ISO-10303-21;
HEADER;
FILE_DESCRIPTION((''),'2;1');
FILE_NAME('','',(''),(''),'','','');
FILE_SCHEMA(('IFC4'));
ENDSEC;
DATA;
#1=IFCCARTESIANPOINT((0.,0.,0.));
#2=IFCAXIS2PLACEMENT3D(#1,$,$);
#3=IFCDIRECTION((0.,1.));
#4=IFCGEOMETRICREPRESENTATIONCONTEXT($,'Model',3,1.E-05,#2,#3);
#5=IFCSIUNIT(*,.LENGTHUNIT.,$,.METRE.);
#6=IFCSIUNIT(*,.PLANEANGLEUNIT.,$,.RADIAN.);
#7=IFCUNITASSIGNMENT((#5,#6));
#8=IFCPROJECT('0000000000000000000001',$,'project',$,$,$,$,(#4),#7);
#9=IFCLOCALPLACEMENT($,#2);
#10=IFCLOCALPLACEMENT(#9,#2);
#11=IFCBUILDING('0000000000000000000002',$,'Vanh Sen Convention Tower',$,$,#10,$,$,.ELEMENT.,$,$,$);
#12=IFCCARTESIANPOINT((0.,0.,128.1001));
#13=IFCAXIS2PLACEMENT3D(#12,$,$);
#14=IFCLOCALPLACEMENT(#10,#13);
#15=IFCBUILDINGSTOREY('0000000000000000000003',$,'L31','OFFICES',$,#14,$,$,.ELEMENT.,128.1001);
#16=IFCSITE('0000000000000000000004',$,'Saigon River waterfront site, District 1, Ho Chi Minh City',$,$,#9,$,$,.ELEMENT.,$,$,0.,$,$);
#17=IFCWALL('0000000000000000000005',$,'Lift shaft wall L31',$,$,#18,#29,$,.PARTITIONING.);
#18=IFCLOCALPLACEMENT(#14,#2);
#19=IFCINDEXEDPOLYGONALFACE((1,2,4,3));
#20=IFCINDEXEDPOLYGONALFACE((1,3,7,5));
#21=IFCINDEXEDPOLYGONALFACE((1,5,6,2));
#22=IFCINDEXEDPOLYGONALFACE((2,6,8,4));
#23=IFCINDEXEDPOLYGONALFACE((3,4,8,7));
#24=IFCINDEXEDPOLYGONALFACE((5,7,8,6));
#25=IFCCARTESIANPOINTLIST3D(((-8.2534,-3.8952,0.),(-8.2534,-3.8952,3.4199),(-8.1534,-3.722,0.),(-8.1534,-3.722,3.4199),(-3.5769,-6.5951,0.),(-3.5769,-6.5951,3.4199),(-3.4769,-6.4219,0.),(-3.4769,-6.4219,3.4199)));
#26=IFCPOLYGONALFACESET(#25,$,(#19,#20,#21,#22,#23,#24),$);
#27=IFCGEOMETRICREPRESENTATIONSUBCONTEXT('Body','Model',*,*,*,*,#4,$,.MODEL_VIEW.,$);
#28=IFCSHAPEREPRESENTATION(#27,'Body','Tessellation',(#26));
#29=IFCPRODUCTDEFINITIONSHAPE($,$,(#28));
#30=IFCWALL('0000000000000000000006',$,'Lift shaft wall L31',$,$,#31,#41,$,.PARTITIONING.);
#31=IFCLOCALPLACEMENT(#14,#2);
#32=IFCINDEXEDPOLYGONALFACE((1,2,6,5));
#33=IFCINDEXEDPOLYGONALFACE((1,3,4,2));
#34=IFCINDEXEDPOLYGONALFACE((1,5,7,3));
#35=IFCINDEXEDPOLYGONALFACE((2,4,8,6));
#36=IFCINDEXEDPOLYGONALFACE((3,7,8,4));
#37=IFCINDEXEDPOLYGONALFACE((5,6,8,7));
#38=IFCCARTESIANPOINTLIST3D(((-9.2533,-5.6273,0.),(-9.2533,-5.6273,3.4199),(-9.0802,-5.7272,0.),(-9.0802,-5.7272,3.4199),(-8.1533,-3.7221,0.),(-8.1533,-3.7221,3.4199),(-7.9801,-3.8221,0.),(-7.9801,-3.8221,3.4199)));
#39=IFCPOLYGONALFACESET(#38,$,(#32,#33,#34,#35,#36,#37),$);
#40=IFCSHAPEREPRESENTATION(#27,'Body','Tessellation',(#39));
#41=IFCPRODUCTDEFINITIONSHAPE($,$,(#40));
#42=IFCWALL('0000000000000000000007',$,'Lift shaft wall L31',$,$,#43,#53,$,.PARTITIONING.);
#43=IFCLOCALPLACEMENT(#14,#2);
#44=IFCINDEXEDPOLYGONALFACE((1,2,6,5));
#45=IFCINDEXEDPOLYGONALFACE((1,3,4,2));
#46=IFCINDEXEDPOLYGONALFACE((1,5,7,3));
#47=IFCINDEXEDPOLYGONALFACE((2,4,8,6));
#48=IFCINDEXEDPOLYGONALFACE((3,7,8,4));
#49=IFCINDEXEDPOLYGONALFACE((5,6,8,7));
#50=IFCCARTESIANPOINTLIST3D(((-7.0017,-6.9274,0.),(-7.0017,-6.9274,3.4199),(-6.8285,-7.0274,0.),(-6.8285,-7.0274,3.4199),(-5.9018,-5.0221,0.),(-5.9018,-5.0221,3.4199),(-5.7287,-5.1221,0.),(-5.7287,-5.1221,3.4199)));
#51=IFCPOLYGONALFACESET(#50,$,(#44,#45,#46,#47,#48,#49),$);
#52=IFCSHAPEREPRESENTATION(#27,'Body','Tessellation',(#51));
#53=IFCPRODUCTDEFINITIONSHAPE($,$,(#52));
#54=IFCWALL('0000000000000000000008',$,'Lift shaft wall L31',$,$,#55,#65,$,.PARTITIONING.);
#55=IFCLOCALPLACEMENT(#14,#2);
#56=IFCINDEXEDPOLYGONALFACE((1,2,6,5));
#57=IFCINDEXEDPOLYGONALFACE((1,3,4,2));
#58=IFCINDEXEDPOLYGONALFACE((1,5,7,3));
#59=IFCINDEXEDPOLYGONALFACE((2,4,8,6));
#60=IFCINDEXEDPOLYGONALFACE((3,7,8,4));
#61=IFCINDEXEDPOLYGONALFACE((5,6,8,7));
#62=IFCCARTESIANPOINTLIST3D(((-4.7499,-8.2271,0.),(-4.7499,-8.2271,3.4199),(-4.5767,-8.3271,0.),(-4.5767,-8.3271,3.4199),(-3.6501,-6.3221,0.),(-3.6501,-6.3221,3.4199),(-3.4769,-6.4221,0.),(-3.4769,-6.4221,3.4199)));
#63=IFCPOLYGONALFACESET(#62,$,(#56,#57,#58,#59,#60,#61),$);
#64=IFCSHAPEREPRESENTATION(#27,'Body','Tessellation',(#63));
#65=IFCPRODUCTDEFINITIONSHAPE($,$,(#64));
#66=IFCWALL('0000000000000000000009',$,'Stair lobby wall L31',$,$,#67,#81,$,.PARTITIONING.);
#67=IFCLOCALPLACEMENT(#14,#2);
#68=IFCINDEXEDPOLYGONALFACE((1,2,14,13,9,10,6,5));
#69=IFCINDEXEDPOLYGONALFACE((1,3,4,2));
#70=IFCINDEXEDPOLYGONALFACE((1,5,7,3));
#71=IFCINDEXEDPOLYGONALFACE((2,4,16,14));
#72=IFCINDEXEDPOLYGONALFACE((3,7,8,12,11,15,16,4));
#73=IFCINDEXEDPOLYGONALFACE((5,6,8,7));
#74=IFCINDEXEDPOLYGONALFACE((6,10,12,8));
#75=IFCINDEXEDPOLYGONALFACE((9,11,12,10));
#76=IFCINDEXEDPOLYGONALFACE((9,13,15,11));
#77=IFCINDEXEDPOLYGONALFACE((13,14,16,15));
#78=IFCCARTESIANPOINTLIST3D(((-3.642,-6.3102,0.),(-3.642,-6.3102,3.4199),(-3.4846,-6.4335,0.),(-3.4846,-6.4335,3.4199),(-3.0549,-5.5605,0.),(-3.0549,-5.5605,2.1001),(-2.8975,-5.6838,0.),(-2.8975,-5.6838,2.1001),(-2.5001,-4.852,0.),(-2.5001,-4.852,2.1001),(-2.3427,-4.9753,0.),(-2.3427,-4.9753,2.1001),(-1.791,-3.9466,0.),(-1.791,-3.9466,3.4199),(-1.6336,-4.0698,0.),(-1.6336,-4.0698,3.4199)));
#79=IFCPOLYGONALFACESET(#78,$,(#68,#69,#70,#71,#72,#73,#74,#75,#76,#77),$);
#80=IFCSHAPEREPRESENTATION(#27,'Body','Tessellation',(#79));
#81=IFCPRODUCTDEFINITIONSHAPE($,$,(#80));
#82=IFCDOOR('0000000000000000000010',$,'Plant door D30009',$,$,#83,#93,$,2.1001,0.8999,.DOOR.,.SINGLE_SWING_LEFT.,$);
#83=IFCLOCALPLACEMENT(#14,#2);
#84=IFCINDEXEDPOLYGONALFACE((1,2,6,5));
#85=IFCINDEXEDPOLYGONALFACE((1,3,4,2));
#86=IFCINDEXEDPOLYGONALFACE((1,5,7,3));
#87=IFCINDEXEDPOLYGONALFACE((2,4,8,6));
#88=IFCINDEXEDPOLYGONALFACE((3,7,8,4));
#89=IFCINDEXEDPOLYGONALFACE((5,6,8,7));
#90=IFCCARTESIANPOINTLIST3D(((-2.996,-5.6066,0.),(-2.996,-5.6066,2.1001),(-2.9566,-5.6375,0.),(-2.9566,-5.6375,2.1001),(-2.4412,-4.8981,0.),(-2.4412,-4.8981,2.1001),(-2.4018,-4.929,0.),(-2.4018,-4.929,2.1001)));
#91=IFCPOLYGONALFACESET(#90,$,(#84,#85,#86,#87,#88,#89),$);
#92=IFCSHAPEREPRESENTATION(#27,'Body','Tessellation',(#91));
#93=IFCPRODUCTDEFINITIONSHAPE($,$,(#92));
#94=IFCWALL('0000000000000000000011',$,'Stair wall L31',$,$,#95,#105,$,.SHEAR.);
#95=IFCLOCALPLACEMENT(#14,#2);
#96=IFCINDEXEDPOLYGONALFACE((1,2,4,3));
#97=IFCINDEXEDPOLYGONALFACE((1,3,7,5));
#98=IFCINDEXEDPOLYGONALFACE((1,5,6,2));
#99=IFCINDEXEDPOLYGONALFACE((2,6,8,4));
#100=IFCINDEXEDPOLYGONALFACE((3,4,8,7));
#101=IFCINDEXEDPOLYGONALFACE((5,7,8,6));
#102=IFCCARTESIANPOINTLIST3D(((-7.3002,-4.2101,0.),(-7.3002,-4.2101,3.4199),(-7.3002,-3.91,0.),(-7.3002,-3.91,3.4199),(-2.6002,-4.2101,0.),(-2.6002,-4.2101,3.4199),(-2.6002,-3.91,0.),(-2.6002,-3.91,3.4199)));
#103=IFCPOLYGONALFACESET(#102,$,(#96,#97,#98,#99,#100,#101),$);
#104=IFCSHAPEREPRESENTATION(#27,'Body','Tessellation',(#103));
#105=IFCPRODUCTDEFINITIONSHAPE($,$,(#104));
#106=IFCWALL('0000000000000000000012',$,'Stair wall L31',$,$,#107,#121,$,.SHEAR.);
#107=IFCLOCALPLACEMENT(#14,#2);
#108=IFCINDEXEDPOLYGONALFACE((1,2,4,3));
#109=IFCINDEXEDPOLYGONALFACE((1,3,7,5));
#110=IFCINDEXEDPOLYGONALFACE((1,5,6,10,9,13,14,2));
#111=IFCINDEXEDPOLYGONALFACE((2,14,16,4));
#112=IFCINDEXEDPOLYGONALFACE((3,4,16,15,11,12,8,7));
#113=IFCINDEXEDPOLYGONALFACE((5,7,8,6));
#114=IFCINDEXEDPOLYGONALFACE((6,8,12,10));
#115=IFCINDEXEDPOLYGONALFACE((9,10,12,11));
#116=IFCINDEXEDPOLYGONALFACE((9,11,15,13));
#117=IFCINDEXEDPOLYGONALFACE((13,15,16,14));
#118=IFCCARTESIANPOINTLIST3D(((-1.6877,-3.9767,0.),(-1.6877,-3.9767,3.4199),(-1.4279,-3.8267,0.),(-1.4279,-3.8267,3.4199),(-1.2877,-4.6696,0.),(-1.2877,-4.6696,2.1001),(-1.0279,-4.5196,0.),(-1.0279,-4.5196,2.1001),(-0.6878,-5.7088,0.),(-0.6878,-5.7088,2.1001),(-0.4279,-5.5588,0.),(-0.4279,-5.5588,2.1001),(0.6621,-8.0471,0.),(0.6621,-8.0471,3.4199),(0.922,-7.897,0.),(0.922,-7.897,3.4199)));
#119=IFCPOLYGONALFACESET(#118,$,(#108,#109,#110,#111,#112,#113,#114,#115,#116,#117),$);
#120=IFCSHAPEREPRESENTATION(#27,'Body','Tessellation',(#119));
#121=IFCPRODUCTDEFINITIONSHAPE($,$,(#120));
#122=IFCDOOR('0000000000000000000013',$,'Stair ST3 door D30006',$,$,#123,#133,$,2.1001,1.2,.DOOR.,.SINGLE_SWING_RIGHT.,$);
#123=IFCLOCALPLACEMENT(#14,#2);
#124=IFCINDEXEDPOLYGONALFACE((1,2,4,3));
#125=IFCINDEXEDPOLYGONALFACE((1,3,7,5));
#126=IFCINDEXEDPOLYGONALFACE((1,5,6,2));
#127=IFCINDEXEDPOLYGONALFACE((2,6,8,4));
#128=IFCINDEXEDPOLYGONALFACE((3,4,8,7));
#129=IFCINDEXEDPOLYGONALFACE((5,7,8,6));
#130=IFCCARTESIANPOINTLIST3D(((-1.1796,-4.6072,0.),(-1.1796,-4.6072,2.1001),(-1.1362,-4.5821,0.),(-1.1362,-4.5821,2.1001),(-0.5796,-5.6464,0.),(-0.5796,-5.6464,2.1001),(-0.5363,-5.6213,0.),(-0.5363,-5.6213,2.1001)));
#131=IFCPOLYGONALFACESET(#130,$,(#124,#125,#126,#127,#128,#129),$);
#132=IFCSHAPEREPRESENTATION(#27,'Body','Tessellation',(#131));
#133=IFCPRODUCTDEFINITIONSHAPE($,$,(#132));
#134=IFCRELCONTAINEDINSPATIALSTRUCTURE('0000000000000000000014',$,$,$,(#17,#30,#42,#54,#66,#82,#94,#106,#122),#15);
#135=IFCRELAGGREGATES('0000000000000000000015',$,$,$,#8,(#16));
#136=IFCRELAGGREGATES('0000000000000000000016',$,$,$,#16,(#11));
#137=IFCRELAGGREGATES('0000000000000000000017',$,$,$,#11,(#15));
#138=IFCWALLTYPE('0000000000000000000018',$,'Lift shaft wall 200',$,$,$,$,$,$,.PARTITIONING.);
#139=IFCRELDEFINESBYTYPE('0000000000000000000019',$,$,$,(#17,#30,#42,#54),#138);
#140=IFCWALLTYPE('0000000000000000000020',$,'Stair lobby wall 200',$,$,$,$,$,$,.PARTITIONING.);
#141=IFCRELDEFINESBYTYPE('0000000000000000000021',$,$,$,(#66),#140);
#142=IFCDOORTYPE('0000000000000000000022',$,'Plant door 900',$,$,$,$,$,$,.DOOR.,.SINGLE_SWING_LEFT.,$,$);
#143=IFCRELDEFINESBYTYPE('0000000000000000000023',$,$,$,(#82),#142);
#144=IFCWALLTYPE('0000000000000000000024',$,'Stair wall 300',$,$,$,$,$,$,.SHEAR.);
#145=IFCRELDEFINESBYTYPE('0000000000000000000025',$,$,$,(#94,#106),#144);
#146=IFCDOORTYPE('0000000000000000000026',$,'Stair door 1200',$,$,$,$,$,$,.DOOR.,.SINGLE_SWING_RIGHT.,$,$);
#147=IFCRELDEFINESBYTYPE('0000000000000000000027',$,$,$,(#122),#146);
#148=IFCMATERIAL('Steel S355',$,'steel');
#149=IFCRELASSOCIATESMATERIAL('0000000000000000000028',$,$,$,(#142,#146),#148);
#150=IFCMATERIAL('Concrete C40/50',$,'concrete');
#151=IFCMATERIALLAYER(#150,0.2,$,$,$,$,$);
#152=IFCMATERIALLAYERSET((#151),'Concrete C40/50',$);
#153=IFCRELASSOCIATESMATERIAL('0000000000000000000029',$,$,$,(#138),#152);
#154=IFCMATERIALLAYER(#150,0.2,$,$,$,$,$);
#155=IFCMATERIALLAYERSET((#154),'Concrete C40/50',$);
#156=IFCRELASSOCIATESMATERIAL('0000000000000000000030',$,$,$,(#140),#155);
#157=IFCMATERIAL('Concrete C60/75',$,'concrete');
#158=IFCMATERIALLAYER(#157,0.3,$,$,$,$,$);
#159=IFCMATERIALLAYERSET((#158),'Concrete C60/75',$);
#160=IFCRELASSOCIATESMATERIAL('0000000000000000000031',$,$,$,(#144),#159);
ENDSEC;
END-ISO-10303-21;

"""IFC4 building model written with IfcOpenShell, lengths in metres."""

from ifc_helpers import new_model, si_unit, direction, frame, frame_2d, origin, place, context, subcontext, project, spatial, rectangle, extrude, material, layer, layer_set, type_object, element, fill, save


model = new_model("IFC4")

# Units and contexts
model_context = context("Model", 3, precision=1e-05, world=origin(), true_north=direction((0.0, 1.0)))
body_context = subcontext(model_context, "Body", "Model", "MODEL_VIEW")
ifc_project = project(units=[si_unit("LENGTHUNIT", "METRE"), si_unit("PLANEANGLEUNIT", "RADIAN")], contexts=[model_context])

# Site, building, storey
site_placement = place(None, origin())
site = spatial("IfcSite", under=ifc_project, at=site_placement, Name="Saigon River waterfront site, District 1, Ho Chi Minh City", CompositionType="ELEMENT", RefElevation=0.0)
building_placement = place(site_placement, origin())
building = spatial("IfcBuilding", under=site, at=building_placement, Name="Vanh Sen Convention Tower", CompositionType="ELEMENT")
storey_placement = place(building_placement, frame((0.0, 0.0, 128.1001)))
storey = spatial("IfcBuildingStorey", under=building, at=storey_placement, Name="L31", Description="OFFICES", CompositionType="ELEMENT", Elevation=128.1001)

# Shared definitions
ifc_material_1 = material(Name="Steel S355", Category="steel")
door_type_1 = type_object("IfcDoorType", Name="Plant door 900", OperationType="SINGLE_SWING_LEFT", PredefinedType="DOOR", material=ifc_material_1)

# Walls
ifc_material_2 = material(Name="Concrete C40/50", Category="concrete")
ifc_layer_1 = layer(ifc_material_2, 0.2)
ifc_layer_set_1 = layer_set([ifc_layer_1], Name="Concrete C40/50")
wall_type_1 = type_object("IfcWallType", Name="Lift shaft wall 200", PredefinedType="PARTITIONING", material=ifc_layer_set_1)
wall_1_placement = place(storey_placement, frame((-8.2034, -3.8086, 0.0), z_axis=(0.0, 0.0, 1.0), x_axis=(0.866028, -0.499995, 0.0)))
element("IfcWall", 1, at=wall_1_placement, inside=storey, type_object=wall_type_1, Name="Lift shaft wall L31", PredefinedType="PARTITIONING", context=body_context, shape_type="SweptSolid", body=[
    extrude(rectangle(XDim=5.3999, YDim=0.2, at=frame_2d((2.7, 0.0))), origin(), (0.0, 0.0, 1.0), 3.4199),
])
for number, where, z_axis, x_axis, name in (
    (2, (-8.0667, -3.772, 0.0), (0.0, 0.0, 1.0), (-0.50003, -0.866008, 0.0), "Lift shaft wall L31"),
    (3, (-5.8152, -5.072, 0.0), (0.0, 0.0, 1.0), (-0.499947, -0.866056, 0.0), "Lift shaft wall L31"),
):
    element("IfcWall", number, at=place(storey_placement, frame(where, z_axis=z_axis, x_axis=x_axis)), inside=storey, type_object=wall_type_1, Name=name, PredefinedType="PARTITIONING", context=body_context, shape_type="SweptSolid", body=[
        extrude(rectangle(XDim=2.2, YDim=0.2, at=frame_2d((1.1001, 0.0))), origin(), (0.0, 0.0, 1.0), 3.4199),
    ])
wall_2_placement = place(storey_placement, frame((-3.5635, -6.3721, 0.0), z_axis=(0.0, 0.0, 1.0), x_axis=(-0.499995, -0.866028, 0.0)))
element("IfcWall", 4, at=wall_2_placement, inside=storey, type_object=wall_type_1, Name="Lift shaft wall L31", PredefinedType="PARTITIONING", context=body_context, shape_type="SweptSolid", body=[
    extrude(rectangle(XDim=2.1997, YDim=0.2, at=frame_2d((1.0999, 0.0))), origin(), (0.0, 0.0, 1.0), 3.4199),
])

# Wall, opening, door
ifc_layer_2 = layer(ifc_material_2, 0.2)
ifc_layer_set_2 = layer_set([ifc_layer_2], Name="Concrete C40/50")
wall_type_2 = type_object("IfcWallType", Name="Stair lobby wall 200", PredefinedType="PARTITIONING", material=ifc_layer_set_2)
wall_3_placement = place(storey_placement, frame((-1.7124, -4.0083, 0.0), z_axis=(0.0, 0.0, 1.0), x_axis=(-0.616549, -0.787316, 0.0)))
wall_3 = element("IfcWall", 5, at=wall_3_placement, inside=storey, type_object=wall_type_2, Name="Stair lobby wall L31", PredefinedType="PARTITIONING", context=body_context, shape_type="SweptSolid", body=[
    extrude(rectangle(XDim=3.0022, YDim=0.2, at=frame_2d((1.501, 0.0))), origin(), (0.0, 0.0, 1.0), 3.4199),
])
opening_1_placement = place(wall_3_placement, frame((1.1499, 0.0, 0.0)))
opening_1 = element("IfcOpeningElement", 6, at=opening_1_placement, cuts=wall_3, PredefinedType="OPENING", context=body_context, shape_type="SweptSolid", body=[
    extrude(rectangle(XDim=0.8999, YDim=2.1001, at=frame_2d((0.45, 1.05))), frame((0.0, 0.1099, 0.0), z_axis=(0.0, -1.0, 0.0), x_axis=(1.0, 0.0, 0.0)), (0.0, 0.0, 1.0), 0.22),
])
door_1_placement = place(opening_1_placement, origin())
door_1 = element("IfcDoor", 7, at=door_1_placement, inside=storey, type_object=door_type_1, Name="Plant door D30009", OperationType="SINGLE_SWING_LEFT", OverallHeight=2.1001, OverallWidth=0.8999, PredefinedType="DOOR", context=body_context, shape_type="SweptSolid", body=[
    extrude(rectangle(XDim=0.8999, YDim=2.1001, at=frame_2d((0.45, 1.05))), frame((0.0, 0.0249, 0.0), z_axis=(0.0, -1.0, 0.0), x_axis=(1.0, 0.0, 0.0)), (0.0, 0.0, 1.0), 0.05),
])
fill(opening_1, door_1)

# Wall
ifc_material_3 = material(Name="Concrete C60/75", Category="concrete")
ifc_layer_3 = layer(ifc_material_3, 0.3)
ifc_layer_set_3 = layer_set([ifc_layer_3], Name="Concrete C60/75")
wall_type_3 = type_object("IfcWallType", Name="Stair wall 300", PredefinedType="SHEAR", material=ifc_layer_set_3)
wall_4_placement = place(storey_placement, frame((-2.6001, -4.0601, 0.0), z_axis=(0.0, 0.0, 1.0), x_axis=(-1.0, 0.0, 0.0)))
element("IfcWall", 8, at=wall_4_placement, inside=storey, type_object=wall_type_3, Name="Stair wall L31", PredefinedType="SHEAR", context=body_context, shape_type="SweptSolid", body=[
    extrude(rectangle(XDim=4.7, YDim=0.3, at=frame_2d((2.3501, 0.0))), origin(), (0.0, 0.0, 1.0), 3.4199),
])

# Wall, opening, door
wall_5_placement = place(storey_placement, frame((-1.5579, -3.9016, 0.0), z_axis=(0.0, 0.0, 1.0), x_axis=(0.499977, -0.866039, 0.0)))
wall_5 = element("IfcWall", 9, at=wall_5_placement, inside=storey, type_object=wall_type_3, Name="Stair wall L31", PredefinedType="SHEAR", context=body_context, shape_type="SweptSolid", body=[
    extrude(rectangle(XDim=4.7, YDim=0.3, at=frame_2d((2.3501, 0.0))), origin(), (0.0, 0.0, 1.0), 3.4199),
])
opening_2_placement = place(wall_5_placement, frame((0.8, 0.0, 0.0)))
opening_2 = element("IfcOpeningElement", 10, at=opening_2_placement, cuts=wall_5, PredefinedType="OPENING", context=body_context, shape_type="SweptSolid", body=[
    extrude(rectangle(XDim=1.2, YDim=2.1001, at=frame_2d((0.6001, 1.05))), frame((0.0, 0.1599, 0.0), z_axis=(0.0, -1.0, 0.0), x_axis=(1.0, 0.0, 0.0)), (0.0, 0.0, 1.0), 0.3201),
])
door_type_2 = type_object("IfcDoorType", Name="Stair door 1200", OperationType="SINGLE_SWING_RIGHT", PredefinedType="DOOR", material=ifc_material_1)
door_2_placement = place(opening_2_placement, origin())
door_2 = element("IfcDoor", 11, at=door_2_placement, inside=storey, type_object=door_type_2, Name="Stair ST3 door D30006", OperationType="SINGLE_SWING_RIGHT", OverallHeight=2.1001, OverallWidth=1.2, PredefinedType="DOOR", context=body_context, shape_type="SweptSolid", body=[
    extrude(rectangle(XDim=1.2, YDim=2.1001, at=frame_2d((0.6001, 1.05))), frame((0.0, 0.0249, 0.0), z_axis=(0.0, -1.0, 0.0), x_axis=(1.0, 0.0, 0.0)), (0.0, 0.0, 1.0), 0.05),
])
fill(opening_2, door_2)

save(model, "model.ifc")
